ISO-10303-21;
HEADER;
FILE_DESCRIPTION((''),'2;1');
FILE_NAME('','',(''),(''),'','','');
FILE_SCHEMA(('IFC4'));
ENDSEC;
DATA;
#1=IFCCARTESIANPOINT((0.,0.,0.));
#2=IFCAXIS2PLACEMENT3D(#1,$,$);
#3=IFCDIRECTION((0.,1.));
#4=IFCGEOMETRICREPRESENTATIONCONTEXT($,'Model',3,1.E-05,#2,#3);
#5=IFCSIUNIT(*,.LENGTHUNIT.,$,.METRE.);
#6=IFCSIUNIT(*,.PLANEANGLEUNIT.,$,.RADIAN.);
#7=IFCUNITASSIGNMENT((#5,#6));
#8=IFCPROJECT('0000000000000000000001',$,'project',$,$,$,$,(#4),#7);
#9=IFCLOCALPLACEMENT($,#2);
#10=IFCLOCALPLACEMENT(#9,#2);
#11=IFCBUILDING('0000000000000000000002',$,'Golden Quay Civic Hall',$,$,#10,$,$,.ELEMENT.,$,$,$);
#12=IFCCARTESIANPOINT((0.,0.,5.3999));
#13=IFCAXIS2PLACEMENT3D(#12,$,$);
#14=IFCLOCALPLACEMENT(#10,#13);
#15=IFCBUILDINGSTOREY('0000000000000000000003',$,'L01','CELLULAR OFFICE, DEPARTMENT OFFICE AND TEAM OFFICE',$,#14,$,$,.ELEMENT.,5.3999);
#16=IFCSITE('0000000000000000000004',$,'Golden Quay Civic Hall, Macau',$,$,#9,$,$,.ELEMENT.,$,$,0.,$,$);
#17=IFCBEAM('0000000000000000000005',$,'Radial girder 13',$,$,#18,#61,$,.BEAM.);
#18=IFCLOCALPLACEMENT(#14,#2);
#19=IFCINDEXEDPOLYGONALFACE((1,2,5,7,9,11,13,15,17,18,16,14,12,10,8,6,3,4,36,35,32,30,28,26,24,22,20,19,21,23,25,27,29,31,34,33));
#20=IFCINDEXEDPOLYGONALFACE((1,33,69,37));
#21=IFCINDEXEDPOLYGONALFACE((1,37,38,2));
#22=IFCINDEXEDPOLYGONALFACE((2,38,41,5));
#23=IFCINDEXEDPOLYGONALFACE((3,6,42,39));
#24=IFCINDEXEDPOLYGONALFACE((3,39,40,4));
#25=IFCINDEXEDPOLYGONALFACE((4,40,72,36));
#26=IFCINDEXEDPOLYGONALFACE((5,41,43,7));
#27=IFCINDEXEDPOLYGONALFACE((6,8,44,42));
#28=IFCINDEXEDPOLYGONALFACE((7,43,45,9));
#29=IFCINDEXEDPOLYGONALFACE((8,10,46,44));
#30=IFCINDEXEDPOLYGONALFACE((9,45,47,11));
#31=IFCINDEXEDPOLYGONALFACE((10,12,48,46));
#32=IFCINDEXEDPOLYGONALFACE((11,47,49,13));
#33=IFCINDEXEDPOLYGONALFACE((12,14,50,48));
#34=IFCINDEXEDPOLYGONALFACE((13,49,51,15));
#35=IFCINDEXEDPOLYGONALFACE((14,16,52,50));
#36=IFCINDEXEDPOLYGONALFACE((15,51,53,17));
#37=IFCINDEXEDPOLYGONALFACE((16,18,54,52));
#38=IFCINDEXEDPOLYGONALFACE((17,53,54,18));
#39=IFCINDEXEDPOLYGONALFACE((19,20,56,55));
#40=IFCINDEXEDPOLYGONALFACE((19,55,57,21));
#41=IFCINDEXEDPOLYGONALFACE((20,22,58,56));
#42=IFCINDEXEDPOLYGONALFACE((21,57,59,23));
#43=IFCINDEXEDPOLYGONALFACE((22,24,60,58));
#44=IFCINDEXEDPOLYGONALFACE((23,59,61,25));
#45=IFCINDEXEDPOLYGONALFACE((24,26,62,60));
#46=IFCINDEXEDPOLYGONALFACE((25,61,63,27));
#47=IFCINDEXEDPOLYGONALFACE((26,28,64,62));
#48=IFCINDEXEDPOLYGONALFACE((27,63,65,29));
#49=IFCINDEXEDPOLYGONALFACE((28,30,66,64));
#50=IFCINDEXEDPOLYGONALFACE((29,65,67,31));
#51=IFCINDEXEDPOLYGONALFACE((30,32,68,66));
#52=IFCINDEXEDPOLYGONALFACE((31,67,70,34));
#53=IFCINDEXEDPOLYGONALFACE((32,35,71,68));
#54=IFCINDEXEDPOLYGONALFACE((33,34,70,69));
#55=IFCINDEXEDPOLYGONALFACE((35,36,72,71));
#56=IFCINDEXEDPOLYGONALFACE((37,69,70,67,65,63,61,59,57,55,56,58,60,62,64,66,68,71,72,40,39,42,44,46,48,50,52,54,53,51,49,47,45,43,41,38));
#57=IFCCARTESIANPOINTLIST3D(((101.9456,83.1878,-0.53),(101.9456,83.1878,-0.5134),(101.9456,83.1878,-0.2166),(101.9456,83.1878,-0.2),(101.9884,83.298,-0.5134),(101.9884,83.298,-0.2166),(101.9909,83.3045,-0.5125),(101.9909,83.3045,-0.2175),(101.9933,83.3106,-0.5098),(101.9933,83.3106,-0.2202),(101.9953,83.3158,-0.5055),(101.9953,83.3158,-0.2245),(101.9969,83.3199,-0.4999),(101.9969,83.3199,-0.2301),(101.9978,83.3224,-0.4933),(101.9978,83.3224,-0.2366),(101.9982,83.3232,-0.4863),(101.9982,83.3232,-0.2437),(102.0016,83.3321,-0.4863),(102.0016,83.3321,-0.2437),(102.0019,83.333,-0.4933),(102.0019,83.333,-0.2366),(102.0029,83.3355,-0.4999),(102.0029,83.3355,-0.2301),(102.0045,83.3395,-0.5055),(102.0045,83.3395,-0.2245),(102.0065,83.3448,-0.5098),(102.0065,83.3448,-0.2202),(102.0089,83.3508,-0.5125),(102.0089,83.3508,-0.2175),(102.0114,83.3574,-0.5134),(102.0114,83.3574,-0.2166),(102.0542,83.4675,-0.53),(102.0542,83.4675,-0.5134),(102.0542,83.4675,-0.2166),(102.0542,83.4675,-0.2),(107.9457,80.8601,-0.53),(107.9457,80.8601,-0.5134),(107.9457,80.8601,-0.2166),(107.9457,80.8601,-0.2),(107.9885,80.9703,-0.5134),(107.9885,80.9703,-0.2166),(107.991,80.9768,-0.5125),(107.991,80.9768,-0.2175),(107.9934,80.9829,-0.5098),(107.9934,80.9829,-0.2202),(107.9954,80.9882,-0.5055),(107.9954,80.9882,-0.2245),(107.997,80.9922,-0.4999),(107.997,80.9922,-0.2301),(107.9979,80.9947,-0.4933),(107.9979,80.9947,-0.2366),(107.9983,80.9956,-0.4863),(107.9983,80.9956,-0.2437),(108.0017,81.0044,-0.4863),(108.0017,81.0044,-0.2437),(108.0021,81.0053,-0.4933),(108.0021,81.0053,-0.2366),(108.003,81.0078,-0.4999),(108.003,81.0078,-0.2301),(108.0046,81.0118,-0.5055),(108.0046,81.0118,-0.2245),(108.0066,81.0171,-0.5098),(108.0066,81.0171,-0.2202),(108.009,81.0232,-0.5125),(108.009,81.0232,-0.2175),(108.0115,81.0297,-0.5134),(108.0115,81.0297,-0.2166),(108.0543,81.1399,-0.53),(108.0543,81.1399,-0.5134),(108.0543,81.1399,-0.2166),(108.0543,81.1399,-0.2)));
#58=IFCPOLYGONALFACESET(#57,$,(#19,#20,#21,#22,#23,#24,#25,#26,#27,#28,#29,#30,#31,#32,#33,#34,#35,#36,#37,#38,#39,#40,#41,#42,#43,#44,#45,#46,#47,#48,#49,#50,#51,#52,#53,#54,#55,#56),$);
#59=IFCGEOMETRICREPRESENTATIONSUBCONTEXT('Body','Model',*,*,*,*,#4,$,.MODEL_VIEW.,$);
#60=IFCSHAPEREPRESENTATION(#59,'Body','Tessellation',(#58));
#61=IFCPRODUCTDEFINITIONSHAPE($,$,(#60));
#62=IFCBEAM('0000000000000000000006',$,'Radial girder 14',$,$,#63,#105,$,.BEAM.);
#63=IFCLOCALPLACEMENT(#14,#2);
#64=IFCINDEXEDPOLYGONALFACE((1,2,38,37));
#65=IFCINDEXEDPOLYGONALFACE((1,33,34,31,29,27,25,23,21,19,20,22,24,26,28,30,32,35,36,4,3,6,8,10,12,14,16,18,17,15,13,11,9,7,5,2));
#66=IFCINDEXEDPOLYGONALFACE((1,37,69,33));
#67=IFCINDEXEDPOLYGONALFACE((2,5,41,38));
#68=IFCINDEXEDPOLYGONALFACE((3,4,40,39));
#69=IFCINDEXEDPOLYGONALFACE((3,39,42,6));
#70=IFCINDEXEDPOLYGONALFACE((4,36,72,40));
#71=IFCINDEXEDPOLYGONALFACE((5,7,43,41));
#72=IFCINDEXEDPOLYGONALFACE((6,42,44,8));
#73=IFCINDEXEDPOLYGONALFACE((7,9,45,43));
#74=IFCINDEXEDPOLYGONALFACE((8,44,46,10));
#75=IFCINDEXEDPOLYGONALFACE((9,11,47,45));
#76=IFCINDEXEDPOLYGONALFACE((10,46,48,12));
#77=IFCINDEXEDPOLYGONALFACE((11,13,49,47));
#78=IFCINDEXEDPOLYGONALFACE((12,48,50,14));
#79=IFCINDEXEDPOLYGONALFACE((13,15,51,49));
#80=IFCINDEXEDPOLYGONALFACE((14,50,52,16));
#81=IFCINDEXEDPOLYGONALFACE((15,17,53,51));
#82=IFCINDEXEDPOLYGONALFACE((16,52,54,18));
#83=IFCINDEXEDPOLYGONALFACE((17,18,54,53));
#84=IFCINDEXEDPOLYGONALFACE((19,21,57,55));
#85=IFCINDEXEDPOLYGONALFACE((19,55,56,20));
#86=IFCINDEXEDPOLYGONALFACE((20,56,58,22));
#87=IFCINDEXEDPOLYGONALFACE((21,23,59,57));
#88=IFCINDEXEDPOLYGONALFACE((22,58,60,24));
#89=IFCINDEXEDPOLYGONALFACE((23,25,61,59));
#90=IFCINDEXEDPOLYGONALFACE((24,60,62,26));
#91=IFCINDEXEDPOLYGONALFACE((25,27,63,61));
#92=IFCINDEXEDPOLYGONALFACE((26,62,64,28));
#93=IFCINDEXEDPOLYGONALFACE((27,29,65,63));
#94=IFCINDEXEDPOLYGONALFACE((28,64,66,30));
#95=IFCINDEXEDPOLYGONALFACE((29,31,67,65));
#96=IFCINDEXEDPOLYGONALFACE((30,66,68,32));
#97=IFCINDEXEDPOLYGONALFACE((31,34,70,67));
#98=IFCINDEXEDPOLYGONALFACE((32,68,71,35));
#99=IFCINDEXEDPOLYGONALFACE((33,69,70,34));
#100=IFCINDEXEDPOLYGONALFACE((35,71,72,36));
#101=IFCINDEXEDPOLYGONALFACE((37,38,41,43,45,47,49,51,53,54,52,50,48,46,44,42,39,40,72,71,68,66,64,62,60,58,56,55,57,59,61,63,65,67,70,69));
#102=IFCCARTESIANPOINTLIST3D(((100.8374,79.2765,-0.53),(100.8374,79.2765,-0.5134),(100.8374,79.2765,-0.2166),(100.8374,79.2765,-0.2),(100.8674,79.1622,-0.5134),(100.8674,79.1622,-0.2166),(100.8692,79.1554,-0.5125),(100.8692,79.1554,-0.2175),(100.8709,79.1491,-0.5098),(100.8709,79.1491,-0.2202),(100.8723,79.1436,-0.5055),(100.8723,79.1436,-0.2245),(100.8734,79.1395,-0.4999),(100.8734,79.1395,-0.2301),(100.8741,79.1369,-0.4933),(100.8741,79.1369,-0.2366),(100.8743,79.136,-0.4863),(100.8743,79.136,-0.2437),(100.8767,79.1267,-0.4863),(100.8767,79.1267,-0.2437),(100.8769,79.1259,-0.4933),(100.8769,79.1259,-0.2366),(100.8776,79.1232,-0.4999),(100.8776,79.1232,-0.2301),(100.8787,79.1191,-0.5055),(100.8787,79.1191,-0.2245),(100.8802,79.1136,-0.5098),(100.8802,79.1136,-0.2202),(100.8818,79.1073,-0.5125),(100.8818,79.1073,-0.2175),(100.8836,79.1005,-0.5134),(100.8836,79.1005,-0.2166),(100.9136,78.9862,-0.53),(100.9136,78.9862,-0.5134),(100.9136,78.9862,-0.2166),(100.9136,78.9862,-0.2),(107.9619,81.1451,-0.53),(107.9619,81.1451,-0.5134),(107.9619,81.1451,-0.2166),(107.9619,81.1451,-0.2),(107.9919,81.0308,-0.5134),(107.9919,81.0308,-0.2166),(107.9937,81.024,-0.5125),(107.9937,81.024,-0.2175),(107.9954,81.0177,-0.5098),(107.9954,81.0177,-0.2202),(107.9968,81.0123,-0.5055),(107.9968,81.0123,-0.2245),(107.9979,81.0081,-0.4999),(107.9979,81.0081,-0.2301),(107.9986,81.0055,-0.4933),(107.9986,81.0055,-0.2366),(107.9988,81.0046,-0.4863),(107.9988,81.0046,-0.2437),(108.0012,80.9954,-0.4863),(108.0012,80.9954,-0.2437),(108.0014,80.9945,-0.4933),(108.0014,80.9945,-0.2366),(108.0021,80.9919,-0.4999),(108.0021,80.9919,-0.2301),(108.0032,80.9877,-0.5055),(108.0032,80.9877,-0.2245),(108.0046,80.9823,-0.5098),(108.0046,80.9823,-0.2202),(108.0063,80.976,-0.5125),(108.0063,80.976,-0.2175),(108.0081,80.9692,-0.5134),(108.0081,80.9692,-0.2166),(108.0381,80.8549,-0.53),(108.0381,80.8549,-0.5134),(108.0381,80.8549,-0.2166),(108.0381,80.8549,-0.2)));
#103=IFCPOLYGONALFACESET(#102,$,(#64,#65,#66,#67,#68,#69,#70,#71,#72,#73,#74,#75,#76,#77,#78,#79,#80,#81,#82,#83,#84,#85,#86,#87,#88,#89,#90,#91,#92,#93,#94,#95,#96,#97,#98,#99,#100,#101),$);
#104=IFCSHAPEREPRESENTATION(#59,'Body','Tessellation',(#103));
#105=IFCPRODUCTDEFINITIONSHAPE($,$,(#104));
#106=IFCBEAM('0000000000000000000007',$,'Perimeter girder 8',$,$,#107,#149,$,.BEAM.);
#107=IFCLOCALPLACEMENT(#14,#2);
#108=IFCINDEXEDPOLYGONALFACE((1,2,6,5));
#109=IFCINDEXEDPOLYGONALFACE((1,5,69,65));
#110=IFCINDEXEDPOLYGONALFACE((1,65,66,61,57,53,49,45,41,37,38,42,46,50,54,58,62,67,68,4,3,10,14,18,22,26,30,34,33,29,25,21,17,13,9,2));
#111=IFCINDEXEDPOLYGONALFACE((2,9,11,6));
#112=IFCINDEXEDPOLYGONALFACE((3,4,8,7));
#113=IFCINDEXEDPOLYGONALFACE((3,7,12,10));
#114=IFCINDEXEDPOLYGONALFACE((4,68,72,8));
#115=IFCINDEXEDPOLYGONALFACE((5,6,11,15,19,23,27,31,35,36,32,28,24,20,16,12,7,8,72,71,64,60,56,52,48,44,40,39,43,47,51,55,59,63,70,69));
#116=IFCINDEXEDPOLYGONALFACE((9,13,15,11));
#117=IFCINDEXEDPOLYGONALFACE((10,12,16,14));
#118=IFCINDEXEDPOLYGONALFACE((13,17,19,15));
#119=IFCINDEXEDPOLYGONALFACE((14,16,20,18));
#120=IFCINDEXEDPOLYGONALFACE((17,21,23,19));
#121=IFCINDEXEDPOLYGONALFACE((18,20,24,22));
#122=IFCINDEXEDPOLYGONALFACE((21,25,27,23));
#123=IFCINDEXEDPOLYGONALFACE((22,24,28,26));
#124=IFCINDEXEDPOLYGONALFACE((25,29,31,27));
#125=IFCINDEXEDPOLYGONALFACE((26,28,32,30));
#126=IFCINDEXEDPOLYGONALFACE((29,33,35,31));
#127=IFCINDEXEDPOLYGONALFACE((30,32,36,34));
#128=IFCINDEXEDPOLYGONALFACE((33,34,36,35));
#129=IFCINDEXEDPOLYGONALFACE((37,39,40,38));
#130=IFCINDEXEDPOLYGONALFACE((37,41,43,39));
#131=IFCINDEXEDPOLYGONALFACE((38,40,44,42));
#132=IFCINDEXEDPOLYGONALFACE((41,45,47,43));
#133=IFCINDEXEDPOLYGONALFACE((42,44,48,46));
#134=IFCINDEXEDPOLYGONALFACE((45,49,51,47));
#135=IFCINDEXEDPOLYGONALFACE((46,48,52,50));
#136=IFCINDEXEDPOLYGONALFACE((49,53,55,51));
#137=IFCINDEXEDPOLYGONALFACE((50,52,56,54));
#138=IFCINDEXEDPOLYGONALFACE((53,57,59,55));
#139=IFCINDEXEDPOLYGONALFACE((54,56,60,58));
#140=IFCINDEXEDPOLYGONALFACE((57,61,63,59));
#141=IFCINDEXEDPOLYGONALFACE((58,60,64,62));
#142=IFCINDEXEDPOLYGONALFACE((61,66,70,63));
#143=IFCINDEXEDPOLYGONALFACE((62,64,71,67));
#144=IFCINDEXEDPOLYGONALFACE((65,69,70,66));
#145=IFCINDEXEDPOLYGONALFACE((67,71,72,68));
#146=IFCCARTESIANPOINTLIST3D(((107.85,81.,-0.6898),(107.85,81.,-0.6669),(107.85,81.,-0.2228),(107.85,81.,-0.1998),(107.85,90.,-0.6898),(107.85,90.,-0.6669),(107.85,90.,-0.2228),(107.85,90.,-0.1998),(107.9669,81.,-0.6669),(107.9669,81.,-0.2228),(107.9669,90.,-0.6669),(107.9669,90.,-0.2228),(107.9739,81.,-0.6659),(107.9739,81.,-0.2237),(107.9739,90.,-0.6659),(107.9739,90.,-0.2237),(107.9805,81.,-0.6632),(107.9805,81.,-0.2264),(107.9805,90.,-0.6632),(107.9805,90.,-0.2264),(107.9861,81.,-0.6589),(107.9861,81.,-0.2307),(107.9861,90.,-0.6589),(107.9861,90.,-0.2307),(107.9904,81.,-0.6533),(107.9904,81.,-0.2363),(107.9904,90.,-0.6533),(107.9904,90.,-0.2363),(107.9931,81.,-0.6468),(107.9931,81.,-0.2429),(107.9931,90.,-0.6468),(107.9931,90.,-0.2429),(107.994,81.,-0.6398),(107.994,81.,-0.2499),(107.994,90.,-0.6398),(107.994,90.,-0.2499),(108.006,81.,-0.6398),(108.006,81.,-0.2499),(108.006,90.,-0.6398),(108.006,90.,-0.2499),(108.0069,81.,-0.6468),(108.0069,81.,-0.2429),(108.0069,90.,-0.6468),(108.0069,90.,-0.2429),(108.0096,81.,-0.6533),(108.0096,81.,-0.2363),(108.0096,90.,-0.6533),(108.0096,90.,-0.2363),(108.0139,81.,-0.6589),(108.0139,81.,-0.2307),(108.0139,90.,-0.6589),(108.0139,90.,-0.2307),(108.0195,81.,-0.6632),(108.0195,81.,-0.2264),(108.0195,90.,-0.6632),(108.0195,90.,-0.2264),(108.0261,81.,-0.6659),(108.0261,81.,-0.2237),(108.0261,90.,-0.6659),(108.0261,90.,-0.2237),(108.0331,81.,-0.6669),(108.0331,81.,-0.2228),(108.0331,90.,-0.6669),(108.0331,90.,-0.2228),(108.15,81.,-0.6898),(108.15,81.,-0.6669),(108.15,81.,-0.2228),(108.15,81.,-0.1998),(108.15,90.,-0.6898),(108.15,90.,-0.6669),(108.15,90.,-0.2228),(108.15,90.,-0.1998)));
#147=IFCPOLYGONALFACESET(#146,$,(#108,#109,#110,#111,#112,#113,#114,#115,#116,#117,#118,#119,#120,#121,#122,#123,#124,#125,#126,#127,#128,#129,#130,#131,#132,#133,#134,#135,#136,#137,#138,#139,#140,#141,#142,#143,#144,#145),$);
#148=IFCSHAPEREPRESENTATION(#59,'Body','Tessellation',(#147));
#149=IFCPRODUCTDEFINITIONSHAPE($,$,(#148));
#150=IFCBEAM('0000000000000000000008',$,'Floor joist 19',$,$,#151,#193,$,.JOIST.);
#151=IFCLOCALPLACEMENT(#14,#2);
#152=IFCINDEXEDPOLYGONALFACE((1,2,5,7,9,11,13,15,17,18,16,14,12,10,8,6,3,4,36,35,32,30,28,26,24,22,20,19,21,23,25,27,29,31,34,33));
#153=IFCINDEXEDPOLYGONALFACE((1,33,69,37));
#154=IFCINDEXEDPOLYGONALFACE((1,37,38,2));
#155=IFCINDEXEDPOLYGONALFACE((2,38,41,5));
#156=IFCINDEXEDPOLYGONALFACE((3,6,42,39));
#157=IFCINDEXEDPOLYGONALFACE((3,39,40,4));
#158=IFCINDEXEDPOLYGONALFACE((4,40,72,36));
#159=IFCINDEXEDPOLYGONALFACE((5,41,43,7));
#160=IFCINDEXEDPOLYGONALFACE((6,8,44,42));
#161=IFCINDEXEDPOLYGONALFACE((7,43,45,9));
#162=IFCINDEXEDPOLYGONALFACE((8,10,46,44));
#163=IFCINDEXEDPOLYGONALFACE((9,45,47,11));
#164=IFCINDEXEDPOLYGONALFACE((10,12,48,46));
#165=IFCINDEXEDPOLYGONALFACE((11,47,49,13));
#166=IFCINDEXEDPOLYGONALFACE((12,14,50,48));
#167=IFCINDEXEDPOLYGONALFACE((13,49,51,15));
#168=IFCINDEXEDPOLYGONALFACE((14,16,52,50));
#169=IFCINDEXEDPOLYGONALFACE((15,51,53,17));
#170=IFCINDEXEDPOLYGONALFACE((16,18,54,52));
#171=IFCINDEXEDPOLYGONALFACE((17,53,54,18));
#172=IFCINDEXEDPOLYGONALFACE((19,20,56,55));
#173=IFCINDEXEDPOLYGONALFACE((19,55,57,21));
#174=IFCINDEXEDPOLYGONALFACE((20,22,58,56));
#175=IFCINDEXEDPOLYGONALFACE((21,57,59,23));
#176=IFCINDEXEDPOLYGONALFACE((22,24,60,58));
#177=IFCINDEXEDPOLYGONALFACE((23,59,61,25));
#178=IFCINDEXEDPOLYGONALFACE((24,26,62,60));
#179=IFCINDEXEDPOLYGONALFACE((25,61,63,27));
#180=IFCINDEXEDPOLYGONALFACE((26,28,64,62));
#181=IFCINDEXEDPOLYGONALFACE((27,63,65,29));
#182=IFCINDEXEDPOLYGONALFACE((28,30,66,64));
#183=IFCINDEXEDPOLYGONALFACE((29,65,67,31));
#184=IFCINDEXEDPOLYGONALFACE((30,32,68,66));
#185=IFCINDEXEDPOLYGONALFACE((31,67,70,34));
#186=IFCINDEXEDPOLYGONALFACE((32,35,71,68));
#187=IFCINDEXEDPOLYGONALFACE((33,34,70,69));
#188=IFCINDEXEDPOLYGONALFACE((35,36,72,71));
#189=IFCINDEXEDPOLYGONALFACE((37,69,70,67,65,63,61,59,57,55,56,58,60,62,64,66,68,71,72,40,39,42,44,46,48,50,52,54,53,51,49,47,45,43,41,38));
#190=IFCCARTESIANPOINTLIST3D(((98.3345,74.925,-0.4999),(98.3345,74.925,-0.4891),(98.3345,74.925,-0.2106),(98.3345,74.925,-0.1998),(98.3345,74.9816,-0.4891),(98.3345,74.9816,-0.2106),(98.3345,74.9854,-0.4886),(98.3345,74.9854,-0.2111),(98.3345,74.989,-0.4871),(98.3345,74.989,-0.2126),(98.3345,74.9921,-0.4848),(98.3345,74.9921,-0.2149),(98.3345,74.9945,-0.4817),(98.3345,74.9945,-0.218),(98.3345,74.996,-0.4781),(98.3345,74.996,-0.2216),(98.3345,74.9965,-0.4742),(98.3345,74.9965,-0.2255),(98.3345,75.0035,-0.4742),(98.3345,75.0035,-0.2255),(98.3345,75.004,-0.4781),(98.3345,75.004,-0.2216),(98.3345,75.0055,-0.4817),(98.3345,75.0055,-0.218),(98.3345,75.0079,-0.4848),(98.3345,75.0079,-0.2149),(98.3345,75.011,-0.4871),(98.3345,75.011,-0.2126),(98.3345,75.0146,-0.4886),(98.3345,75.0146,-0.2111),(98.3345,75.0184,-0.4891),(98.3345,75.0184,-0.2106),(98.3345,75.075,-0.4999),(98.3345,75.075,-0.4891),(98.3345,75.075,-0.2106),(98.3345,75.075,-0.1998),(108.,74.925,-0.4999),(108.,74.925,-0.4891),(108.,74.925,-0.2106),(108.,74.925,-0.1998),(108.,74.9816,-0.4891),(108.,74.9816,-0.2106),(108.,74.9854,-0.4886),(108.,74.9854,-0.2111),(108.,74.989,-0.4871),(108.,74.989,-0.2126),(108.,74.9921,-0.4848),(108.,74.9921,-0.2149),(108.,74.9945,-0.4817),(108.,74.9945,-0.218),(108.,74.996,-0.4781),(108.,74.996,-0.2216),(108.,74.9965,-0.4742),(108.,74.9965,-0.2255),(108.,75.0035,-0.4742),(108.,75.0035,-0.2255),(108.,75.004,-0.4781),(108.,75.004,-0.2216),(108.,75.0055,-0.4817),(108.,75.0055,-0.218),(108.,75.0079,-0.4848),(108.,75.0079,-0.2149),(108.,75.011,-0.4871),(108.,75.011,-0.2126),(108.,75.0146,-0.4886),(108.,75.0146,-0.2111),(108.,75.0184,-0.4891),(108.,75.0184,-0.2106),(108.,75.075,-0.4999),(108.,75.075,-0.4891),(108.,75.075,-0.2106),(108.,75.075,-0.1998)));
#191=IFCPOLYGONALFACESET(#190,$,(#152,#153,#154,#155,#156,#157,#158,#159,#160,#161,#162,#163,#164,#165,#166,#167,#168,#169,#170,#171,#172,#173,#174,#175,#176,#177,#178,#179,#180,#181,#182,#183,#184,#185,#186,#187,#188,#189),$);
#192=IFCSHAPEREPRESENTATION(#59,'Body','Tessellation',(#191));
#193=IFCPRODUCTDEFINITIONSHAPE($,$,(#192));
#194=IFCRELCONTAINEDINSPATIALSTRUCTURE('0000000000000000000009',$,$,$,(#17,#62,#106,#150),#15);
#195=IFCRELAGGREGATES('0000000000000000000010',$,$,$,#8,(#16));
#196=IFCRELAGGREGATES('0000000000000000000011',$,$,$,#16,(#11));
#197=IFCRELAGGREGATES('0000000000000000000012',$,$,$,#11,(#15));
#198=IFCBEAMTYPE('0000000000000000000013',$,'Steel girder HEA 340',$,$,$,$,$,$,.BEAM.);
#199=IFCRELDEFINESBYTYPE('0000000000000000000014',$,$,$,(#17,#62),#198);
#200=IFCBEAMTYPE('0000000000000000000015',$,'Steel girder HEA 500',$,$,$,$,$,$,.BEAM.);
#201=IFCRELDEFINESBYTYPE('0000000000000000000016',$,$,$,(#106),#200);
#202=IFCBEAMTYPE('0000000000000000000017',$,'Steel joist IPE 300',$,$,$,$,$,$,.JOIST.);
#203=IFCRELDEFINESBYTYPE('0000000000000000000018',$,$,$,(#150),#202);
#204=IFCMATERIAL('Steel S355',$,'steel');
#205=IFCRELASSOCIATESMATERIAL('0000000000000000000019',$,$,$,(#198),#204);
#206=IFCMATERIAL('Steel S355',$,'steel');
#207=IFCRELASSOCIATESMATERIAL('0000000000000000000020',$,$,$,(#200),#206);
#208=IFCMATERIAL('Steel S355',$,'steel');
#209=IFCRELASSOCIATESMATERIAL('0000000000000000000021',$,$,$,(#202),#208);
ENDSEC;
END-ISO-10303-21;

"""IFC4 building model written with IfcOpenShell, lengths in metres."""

from ifc_helpers import new_model, si_unit, direction, frame, origin, origin_2d, place, context, subcontext, project, spatial, i_section, extrude, material, material_profile, profile_set, type_object, element, save


model = new_model("IFC4")

# Units and contexts
model_context = context("Model", 3, precision=1e-05, world=origin(), true_north=direction((0.0, 1.0)))
body_context = subcontext(model_context, "Body", "Model", "MODEL_VIEW")
ifc_project = project(units=[si_unit("LENGTHUNIT", "METRE"), si_unit("PLANEANGLEUNIT", "RADIAN")], contexts=[model_context])

# Site, building, storey
site_placement = place(None, origin())
site = spatial("IfcSite", under=ifc_project, at=site_placement, Name="Golden Quay Civic Hall, Macau", CompositionType="ELEMENT", RefElevation=0.0)
building_placement = place(site_placement, origin())
building = spatial("IfcBuilding", under=site, at=building_placement, Name="Golden Quay Civic Hall", CompositionType="ELEMENT")
storey_placement = place(building_placement, frame((0.0, 0.0, 5.3999)))
storey = spatial("IfcBuildingStorey", under=building, at=storey_placement, Name="L01", Description="CELLULAR OFFICE, DEPARTMENT OFFICE AND TEAM OFFICE", CompositionType="ELEMENT", Elevation=5.3999)

# Beams
ifc_material_1 = material(Name="Steel S355", Category="steel")
ifc_material_profile_1 = material_profile(ifc_material_1, i_section(OverallWidth=0.3, OverallDepth=0.3301, WebThickness=0.0095, FlangeThickness=0.0166, FilletRadius=0.0271, at=origin_2d()), Name="HEA 340")
ifc_profile_set_1 = profile_set([ifc_material_profile_1], Name="Steel S355")
beam_type_1 = type_object("IfcBeamType", Name="Steel girder HEA 340", PredefinedType="BEAM", material=ifc_profile_set_1)
beam_1_placement = place(storey_placement, frame((108.0, 81.0, -0.365), z_axis=(-0.932303, 0.361677, 0.0), x_axis=(-0.361677, -0.932303, 0.0)))
element("IfcBeam", 1, at=beam_1_placement, inside=storey, type_object=beam_type_1, Name="Radial girder 13", PredefinedType="BEAM", context=body_context, shape_type="SweptSolid", body=[
    extrude(i_section(OverallWidth=0.3, OverallDepth=0.3301, WebThickness=0.0095, FlangeThickness=0.0166, FilletRadius=0.0271, at=origin_2d()), origin(), (0.0, 0.0, 1.0), 6.4358),
])
beam_2_placement = place(storey_placement, frame((108.0, 81.0, -0.365), z_axis=(-0.967282, -0.253704, 0.0), x_axis=(0.253704, -0.967282, 0.0)))
element("IfcBeam", 2, at=beam_2_placement, inside=storey, type_object=beam_type_1, Name="Radial girder 14", PredefinedType="BEAM", context=body_context, shape_type="SweptSolid", body=[
    extrude(i_section(OverallWidth=0.3, OverallDepth=0.3301, WebThickness=0.0095, FlangeThickness=0.0166, FilletRadius=0.0271, at=origin_2d()), origin(), (0.0, 0.0, 1.0), 7.3655),
])
ifc_material_2 = material(Name="Steel S355", Category="steel")
ifc_material_profile_2 = material_profile(ifc_material_2, i_section(OverallWidth=0.3, OverallDepth=0.49, WebThickness=0.012, FlangeThickness=0.0229, FilletRadius=0.0271, at=origin_2d()), Name="HEA 500")
ifc_profile_set_2 = profile_set([ifc_material_profile_2], Name="Steel S355")
beam_type_2 = type_object("IfcBeamType", Name="Steel girder HEA 500", PredefinedType="BEAM", material=ifc_profile_set_2)
beam_3_placement = place(storey_placement, frame((108.0, 81.0, -0.4448), z_axis=(0.0, 1.0, 0.0), x_axis=(-1.0, 0.0, 0.0)))
element("IfcBeam", 3, at=beam_3_placement, inside=storey, type_object=beam_type_2, Name="Perimeter girder 8", PredefinedType="BEAM", context=body_context, shape_type="SweptSolid", body=[
    extrude(i_section(OverallWidth=0.3, OverallDepth=0.49, WebThickness=0.012, FlangeThickness=0.0229, FilletRadius=0.0271, at=origin_2d()), origin(), (0.0, 0.0, 1.0), 9.0),
])
ifc_material_3 = material(Name="Steel S355", Category="steel")
ifc_material_profile_3 = material_profile(ifc_material_3, i_section(OverallWidth=0.1499, OverallDepth=0.3, WebThickness=0.0071, FlangeThickness=0.0107, FilletRadius=0.0149, at=origin_2d()), Name="IPE 300")
ifc_profile_set_3 = profile_set([ifc_material_profile_3], Name="Steel S355")
beam_type_3 = type_object("IfcBeamType", Name="Steel joist IPE 300", PredefinedType="JOIST", material=ifc_profile_set_3)
beam_4_placement = place(storey_placement, frame((108.0, 75.0, -0.3499), z_axis=(-1.0, 0.0, 0.0), x_axis=(0.0, -1.0, 0.0)))
element("IfcBeam", 4, at=beam_4_placement, inside=storey, type_object=beam_type_3, Name="Floor joist 19", PredefinedType="JOIST", context=body_context, shape_type="SweptSolid", body=[
    extrude(i_section(OverallWidth=0.1499, OverallDepth=0.3, WebThickness=0.0071, FlangeThickness=0.0107, FilletRadius=0.0149, at=origin_2d()), origin(), (0.0, 0.0, 1.0), 9.6655),
])

save(model, "model.ifc")
